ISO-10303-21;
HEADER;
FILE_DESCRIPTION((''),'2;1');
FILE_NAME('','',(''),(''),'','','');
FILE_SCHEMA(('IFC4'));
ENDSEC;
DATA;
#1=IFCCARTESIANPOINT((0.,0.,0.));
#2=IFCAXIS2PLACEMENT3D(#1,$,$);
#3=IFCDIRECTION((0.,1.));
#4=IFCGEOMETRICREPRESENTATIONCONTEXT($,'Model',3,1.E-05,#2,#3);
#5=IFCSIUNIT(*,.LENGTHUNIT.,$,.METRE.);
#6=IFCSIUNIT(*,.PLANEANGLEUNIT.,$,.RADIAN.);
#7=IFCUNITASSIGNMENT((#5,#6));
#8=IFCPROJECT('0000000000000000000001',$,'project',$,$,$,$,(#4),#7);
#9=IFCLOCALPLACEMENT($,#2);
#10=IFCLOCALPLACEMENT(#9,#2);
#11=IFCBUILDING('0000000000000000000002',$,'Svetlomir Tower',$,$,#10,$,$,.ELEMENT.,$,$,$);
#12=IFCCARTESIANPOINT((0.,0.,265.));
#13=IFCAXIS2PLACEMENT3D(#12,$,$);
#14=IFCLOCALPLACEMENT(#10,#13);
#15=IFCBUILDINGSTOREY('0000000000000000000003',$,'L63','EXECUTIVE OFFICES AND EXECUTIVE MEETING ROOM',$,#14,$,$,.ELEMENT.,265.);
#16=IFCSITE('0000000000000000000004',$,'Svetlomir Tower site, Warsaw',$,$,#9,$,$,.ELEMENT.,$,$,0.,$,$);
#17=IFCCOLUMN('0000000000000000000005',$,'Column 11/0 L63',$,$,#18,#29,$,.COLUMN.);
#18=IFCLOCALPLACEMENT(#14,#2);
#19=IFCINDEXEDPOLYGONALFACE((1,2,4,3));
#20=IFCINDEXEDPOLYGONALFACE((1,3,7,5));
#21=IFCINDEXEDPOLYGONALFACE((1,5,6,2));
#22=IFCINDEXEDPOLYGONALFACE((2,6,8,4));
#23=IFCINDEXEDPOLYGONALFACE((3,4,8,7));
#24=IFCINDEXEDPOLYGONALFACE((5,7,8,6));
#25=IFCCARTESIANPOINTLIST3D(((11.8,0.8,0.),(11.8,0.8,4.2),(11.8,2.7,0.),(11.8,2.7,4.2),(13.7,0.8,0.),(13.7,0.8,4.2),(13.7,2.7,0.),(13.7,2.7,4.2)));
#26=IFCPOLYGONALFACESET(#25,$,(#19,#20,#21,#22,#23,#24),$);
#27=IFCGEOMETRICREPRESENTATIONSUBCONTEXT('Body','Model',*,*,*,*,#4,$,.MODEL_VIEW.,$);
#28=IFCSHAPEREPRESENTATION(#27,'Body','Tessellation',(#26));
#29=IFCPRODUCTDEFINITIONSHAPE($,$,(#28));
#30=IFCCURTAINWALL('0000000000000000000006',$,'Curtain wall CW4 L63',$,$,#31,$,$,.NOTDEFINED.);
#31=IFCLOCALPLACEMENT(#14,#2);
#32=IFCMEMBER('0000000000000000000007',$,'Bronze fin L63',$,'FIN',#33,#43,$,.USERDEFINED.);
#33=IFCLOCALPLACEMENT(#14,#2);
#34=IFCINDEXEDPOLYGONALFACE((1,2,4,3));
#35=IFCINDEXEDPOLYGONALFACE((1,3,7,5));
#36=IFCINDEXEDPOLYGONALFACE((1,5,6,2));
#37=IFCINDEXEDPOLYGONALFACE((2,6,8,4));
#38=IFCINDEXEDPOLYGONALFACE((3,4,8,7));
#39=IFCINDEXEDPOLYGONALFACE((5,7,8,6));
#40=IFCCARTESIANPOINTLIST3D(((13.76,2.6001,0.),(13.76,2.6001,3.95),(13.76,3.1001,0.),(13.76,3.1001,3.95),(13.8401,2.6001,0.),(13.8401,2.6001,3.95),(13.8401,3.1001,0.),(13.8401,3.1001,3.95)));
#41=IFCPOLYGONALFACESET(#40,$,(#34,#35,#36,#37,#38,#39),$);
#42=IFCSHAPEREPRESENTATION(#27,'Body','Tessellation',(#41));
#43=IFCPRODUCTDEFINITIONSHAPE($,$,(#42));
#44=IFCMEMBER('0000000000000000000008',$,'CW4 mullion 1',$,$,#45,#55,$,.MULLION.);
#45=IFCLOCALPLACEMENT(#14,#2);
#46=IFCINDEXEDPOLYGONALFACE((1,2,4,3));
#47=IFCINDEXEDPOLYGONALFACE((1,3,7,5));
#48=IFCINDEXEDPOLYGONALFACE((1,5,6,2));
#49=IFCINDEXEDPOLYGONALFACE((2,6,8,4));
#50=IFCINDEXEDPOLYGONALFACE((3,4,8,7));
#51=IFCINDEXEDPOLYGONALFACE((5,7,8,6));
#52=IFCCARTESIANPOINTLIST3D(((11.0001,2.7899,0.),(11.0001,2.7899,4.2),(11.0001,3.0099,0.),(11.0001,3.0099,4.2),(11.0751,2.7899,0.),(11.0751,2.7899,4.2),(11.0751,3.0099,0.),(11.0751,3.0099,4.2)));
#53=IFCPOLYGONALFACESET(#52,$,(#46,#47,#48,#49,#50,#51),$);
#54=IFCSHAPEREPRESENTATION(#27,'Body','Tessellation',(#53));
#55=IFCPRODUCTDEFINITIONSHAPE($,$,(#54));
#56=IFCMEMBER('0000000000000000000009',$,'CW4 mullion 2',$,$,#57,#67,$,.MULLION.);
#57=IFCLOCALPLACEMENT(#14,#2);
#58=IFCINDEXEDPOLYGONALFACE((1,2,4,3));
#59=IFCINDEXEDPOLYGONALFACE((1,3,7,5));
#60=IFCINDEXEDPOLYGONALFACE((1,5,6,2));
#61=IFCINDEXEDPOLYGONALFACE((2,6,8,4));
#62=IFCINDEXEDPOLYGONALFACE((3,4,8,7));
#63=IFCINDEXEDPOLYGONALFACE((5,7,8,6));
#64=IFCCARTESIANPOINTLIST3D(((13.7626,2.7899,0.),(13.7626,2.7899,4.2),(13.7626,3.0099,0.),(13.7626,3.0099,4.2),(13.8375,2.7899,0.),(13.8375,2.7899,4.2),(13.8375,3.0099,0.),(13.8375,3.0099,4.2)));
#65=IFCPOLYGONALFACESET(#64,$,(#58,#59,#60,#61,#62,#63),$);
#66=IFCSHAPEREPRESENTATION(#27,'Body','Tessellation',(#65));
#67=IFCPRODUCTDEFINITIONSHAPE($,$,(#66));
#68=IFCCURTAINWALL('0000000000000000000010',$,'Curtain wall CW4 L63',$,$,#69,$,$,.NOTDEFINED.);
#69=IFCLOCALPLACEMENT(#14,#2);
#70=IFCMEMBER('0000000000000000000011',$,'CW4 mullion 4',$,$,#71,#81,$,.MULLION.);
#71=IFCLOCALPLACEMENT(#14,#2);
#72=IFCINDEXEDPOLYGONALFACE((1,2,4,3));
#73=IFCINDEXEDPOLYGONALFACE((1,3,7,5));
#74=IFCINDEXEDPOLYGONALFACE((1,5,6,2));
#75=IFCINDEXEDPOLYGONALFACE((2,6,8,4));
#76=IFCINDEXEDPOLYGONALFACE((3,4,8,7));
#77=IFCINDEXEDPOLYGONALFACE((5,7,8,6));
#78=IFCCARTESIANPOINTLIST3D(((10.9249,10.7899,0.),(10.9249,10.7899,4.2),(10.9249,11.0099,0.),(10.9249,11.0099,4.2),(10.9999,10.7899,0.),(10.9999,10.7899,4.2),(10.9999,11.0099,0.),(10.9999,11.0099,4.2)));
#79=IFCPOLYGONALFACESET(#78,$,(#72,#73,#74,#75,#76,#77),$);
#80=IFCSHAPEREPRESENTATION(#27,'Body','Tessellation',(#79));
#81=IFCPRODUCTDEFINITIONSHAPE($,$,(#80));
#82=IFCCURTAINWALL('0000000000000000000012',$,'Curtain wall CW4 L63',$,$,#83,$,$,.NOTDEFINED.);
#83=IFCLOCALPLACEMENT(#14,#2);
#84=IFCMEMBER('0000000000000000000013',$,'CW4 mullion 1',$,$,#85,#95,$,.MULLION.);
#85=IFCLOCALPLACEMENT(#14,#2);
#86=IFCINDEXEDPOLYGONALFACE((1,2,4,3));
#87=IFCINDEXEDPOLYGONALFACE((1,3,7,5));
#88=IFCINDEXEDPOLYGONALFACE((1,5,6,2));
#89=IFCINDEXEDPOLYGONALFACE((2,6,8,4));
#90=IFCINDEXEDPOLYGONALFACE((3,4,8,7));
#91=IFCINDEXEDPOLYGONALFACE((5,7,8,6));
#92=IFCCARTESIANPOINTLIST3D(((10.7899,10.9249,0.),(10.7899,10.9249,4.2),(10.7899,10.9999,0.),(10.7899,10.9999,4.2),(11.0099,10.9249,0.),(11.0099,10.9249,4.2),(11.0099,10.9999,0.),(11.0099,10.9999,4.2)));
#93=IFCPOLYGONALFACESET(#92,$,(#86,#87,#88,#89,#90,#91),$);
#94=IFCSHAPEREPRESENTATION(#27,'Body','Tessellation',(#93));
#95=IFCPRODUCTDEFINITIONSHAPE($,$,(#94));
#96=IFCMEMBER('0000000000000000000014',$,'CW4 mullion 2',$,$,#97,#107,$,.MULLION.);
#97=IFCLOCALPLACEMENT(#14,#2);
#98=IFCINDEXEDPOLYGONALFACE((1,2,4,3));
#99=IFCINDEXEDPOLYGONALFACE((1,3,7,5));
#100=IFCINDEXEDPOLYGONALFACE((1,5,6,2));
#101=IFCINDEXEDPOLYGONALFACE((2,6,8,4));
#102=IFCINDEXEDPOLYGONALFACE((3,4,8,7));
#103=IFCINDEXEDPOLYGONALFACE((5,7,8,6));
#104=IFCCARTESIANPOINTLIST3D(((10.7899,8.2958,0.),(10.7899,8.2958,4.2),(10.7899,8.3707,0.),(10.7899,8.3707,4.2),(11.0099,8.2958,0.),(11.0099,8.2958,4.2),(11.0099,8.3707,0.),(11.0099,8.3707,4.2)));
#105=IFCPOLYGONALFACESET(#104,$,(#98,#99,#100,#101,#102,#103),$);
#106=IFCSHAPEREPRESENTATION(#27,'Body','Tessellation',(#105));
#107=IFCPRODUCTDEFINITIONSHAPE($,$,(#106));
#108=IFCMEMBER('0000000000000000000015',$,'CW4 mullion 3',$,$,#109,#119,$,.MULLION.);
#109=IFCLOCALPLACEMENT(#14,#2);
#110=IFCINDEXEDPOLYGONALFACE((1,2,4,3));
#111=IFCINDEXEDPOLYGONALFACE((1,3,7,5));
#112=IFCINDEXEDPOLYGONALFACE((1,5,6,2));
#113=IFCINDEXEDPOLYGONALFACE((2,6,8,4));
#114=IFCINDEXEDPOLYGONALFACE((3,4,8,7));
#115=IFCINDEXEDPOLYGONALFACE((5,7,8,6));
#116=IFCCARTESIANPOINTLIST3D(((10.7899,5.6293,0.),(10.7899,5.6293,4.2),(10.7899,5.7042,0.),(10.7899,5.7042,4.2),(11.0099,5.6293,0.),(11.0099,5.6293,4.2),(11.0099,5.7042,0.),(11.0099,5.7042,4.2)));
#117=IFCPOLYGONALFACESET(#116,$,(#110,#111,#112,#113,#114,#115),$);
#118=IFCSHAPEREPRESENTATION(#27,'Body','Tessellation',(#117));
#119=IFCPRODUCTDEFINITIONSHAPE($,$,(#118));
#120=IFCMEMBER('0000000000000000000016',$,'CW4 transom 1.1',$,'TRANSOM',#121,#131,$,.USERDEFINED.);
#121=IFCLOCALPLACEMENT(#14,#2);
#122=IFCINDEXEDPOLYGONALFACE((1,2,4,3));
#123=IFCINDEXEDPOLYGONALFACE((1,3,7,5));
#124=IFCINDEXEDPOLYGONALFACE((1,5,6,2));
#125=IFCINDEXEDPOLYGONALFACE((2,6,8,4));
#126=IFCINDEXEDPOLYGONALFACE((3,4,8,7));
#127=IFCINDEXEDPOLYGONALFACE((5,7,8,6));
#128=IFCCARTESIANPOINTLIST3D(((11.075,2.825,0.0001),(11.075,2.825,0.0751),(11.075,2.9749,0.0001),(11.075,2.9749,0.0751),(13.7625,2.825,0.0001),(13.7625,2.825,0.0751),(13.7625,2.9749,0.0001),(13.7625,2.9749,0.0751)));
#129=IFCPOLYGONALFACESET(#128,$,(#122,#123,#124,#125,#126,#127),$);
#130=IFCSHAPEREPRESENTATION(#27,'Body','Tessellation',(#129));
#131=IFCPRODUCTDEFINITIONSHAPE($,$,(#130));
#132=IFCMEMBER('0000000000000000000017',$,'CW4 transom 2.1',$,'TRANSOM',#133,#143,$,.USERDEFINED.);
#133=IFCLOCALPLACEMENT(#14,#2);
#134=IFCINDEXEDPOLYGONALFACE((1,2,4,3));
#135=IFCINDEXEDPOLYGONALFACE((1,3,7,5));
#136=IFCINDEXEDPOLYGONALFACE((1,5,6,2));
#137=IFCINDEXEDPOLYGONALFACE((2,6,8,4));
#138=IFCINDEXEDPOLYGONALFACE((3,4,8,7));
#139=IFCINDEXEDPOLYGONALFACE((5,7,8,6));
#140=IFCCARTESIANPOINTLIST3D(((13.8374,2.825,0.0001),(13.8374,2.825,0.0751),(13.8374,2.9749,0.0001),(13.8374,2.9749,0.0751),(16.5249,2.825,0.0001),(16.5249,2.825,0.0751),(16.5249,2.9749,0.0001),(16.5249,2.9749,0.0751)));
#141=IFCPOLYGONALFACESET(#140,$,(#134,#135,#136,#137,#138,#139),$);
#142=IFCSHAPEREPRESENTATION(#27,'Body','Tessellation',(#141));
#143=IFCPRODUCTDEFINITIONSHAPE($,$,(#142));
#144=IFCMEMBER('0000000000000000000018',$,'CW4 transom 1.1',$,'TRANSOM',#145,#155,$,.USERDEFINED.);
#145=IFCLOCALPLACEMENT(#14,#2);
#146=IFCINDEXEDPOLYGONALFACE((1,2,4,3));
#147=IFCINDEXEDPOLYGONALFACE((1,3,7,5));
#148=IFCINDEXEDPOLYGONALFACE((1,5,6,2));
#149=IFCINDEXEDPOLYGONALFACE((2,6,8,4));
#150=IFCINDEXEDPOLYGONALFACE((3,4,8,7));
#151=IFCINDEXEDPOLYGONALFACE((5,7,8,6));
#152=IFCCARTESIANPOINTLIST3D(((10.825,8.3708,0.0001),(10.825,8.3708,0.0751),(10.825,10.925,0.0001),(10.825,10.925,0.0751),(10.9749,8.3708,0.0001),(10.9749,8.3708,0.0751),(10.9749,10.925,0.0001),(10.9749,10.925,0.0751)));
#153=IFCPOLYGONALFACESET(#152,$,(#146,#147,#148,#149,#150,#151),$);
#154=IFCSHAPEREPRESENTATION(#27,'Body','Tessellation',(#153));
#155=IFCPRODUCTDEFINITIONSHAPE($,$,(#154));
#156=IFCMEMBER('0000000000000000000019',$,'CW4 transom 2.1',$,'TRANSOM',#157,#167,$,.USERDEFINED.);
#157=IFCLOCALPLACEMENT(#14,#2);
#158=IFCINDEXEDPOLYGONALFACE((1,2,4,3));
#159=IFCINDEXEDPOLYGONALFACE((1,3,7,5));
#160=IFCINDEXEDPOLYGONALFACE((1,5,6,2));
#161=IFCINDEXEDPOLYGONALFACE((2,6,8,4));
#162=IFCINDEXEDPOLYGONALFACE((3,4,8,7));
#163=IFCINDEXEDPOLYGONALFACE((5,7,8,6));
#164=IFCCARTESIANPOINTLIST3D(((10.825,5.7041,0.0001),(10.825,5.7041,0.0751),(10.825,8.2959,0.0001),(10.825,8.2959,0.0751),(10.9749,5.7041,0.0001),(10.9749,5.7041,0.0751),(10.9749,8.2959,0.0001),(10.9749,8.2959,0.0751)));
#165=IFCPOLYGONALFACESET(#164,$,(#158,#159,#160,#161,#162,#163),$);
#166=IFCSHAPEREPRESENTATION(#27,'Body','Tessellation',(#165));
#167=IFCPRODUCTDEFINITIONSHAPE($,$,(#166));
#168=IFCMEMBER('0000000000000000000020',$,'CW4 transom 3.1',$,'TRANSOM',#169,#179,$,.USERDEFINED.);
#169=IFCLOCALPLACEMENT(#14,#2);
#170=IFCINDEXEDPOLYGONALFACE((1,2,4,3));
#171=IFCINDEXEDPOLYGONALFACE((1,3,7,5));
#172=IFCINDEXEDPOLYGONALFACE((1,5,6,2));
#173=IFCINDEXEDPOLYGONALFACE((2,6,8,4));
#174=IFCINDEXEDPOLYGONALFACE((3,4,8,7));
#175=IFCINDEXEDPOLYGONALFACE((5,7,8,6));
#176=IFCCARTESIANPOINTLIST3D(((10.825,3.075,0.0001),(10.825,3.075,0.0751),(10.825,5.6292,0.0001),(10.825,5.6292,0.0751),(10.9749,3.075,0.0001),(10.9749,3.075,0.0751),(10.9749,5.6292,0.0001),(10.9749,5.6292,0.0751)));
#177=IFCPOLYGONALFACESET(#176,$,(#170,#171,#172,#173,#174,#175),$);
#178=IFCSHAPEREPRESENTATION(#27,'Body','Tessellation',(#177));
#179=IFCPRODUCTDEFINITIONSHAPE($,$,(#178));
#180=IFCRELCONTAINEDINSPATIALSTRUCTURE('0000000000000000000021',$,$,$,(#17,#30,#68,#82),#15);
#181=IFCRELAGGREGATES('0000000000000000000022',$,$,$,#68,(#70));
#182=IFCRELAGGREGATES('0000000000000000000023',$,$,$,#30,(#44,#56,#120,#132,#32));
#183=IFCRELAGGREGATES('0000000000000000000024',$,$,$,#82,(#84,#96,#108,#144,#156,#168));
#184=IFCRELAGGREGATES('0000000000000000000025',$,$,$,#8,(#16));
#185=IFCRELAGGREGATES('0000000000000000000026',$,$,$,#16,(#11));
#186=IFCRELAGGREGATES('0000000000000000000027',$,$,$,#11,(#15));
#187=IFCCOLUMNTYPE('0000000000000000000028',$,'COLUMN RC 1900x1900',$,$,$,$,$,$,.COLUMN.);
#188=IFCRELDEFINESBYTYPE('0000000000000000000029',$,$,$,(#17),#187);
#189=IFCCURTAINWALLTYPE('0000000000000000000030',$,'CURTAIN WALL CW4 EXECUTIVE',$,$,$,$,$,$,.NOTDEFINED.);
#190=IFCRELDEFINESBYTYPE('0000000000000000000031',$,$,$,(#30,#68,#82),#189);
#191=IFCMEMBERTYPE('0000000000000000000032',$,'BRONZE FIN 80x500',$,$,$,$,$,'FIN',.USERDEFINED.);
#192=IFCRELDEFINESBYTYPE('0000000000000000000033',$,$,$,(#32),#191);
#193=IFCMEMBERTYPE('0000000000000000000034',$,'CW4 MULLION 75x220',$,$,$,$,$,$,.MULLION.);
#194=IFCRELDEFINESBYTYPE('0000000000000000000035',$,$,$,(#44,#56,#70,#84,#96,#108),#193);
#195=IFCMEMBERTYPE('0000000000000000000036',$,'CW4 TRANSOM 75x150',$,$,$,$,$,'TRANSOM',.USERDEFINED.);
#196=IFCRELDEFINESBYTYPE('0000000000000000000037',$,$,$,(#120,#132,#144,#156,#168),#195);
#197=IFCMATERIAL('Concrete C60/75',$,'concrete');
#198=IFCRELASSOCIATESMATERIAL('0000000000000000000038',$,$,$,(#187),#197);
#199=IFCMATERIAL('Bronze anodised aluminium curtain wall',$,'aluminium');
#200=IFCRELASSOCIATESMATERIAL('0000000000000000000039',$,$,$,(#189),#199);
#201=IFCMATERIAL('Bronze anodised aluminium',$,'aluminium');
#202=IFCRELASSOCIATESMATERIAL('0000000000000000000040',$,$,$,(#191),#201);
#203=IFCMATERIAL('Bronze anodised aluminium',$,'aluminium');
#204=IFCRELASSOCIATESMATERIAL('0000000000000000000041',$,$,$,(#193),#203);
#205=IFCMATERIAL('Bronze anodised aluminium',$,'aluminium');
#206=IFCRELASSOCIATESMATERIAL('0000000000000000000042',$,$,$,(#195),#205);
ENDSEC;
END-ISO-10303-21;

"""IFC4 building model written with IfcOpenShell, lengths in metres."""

from ifc_helpers import new_model, si_unit, direction, frame, origin, origin_2d, place, context, subcontext, project, spatial, rectangle, extrude, material, material_profile, profile_set, type_object, element, aggregate, save


model = new_model("IFC4")

# Units and contexts
model_context = context("Model", 3, precision=1e-05, world=origin(), true_north=direction((0.0, 1.0)))
body_context = subcontext(model_context, "Body", "Model", "MODEL_VIEW")
ifc_project = project(units=[si_unit("LENGTHUNIT", "METRE"), si_unit("PLANEANGLEUNIT", "RADIAN")], contexts=[model_context])

# Site, building, storey
site_placement = place(None, origin())
site = spatial("IfcSite", under=ifc_project, at=site_placement, Name="Svetlomir Tower site, Warsaw", CompositionType="ELEMENT", RefElevation=0.0)
building_placement = place(site_placement, origin())
building = spatial("IfcBuilding", under=site, at=building_placement, Name="Svetlomir Tower", CompositionType="ELEMENT")
storey_placement = place(building_placement, frame((0.0, 0.0, 265.0)))
storey = spatial("IfcBuildingStorey", under=building, at=storey_placement, Name="L63", Description="EXECUTIVE OFFICES AND EXECUTIVE MEETING ROOM", CompositionType="ELEMENT", Elevation=265.0)

# Column
ifc_material_1 = material(Name="Concrete C60/75", Category="concrete")
ifc_material_profile_1 = material_profile(ifc_material_1, rectangle(XDim=1.8999, YDim=1.8999, at=origin_2d()), Name="RC 1900x1900")
ifc_profile_set_1 = profile_set([ifc_material_profile_1], Name="Concrete C60/75")
column_type = type_object("IfcColumnType", Name="COLUMN RC 1900x1900", PredefinedType="COLUMN", material=ifc_profile_set_1)
column_placement = place(storey_placement, frame((12.75, 1.75, 0.0), z_axis=(0.0, 0.0, 1.0), x_axis=(1.0, 0.0, 0.0)))
element("IfcColumn", 1, at=column_placement, inside=storey, type_object=column_type, Name="Column 11/0 L63", PredefinedType="COLUMN", context=body_context, shape_type="SweptSolid", body=[
    extrude(rectangle(XDim=1.8999, YDim=1.8999, at=origin_2d()), origin(), (0.0, 0.0, 1.0), 4.2),
])

# Curtain wall, members
ifc_material_2 = material(Name="Bronze anodised aluminium curtain wall", Category="aluminium")
curtain_wall_type = type_object("IfcCurtainWallType", Name="CURTAIN WALL CW4 EXECUTIVE", PredefinedType="NOTDEFINED", material=ifc_material_2)
curtain_wall_1_placement = place(storey_placement, origin())
curtain_wall_1 = element("IfcCurtainWall", 2, at=curtain_wall_1_placement, inside=storey, type_object=curtain_wall_type, Name="Curtain wall CW4 L63", PredefinedType="NOTDEFINED")
ifc_material_3 = material(Name="Bronze anodised aluminium", Category="aluminium")
ifc_material_profile_2 = material_profile(ifc_material_3, rectangle(XDim=0.0801, YDim=0.5, at=origin_2d()), Name="FIN 80x500")
ifc_profile_set_2 = profile_set([ifc_material_profile_2], Name="Bronze anodised aluminium 6063-T6")
member_type_1 = type_object("IfcMemberType", Name="BRONZE FIN 80x500", ElementType="FIN", PredefinedType="USERDEFINED", material=ifc_profile_set_2)
member_1_placement = place(storey_placement, frame((13.8, 2.8501, 0.0), z_axis=(0.0, 0.0, 1.0), x_axis=(1.0, 0.0, 0.0)))
member_1 = element("IfcMember", 3, at=member_1_placement, type_object=member_type_1, Name="Bronze fin L63", ObjectType="FIN", PredefinedType="USERDEFINED", context=body_context, shape_type="SweptSolid", body=[
    extrude(rectangle(XDim=0.0801, YDim=0.5, at=origin_2d()), origin(), (0.0, 0.0, 1.0), 3.95),
])
ifc_material_4 = material(Name="Bronze anodised aluminium", Category="aluminium")
ifc_material_profile_3 = material_profile(ifc_material_4, rectangle(XDim=0.075, YDim=0.22, at=origin_2d()), Name="AL 75x220")
ifc_profile_set_3 = profile_set([ifc_material_profile_3], Name="Bronze anodised aluminium 6063-T6")
member_type_2 = type_object("IfcMemberType", Name="CW4 MULLION 75x220", PredefinedType="MULLION", material=ifc_profile_set_3)
member_2_placement = place(storey_placement, frame((11.0376, 2.8999, 0.0), z_axis=(0.0, 0.0, 1.0), x_axis=(1.0, 0.0, 0.0)))
member_2 = element("IfcMember", 4, at=member_2_placement, type_object=member_type_2, Name="CW4 mullion 1", PredefinedType="MULLION", context=body_context, shape_type="SweptSolid", body=[
    extrude(rectangle(XDim=0.075, YDim=0.22, at=origin_2d()), origin(), (0.0, 0.0, 1.0), 4.2),
])
member_3_placement = place(storey_placement, frame((13.8, 2.8999, 0.0), z_axis=(0.0, 0.0, 1.0), x_axis=(1.0, 0.0, 0.0)))
member_3 = element("IfcMember", 5, at=member_3_placement, type_object=member_type_2, Name="CW4 mullion 2", PredefinedType="MULLION", context=body_context, shape_type="SweptSolid", body=[
    extrude(rectangle(XDim=0.075, YDim=0.22, at=origin_2d()), origin(), (0.0, 0.0, 1.0), 4.2),
])

# Curtain wall, member
curtain_wall_2_placement = place(storey_placement, origin())
curtain_wall_2 = element("IfcCurtainWall", 6, at=curtain_wall_2_placement, inside=storey, type_object=curtain_wall_type, Name="Curtain wall CW4 L63", PredefinedType="NOTDEFINED")
member_4_placement = place(storey_placement, frame((10.9624, 10.8999, 0.0), z_axis=(0.0, 0.0, 1.0), x_axis=(1.0, 0.0, 0.0)))
member_4 = element("IfcMember", 7, at=member_4_placement, type_object=member_type_2, Name="CW4 mullion 4", PredefinedType="MULLION", context=body_context, shape_type="SweptSolid", body=[
    extrude(rectangle(XDim=0.075, YDim=0.22, at=origin_2d()), origin(), (0.0, 0.0, 1.0), 4.2),
])
aggregate(curtain_wall_2, [member_4])

# Curtain wall, members
curtain_wall_3_placement = place(storey_placement, origin())
curtain_wall_3 = element("IfcCurtainWall", 8, at=curtain_wall_3_placement, inside=storey, type_object=curtain_wall_type, Name="Curtain wall CW4 L63", PredefinedType="NOTDEFINED")
member_5_placement = place(storey_placement, frame((10.8999, 10.9624, 0.0), z_axis=(0.0, 0.0, 1.0), x_axis=(0.0, -1.0, 0.0)))
member_5 = element("IfcMember", 9, at=member_5_placement, type_object=member_type_2, Name="CW4 mullion 1", PredefinedType="MULLION", context=body_context, shape_type="SweptSolid", body=[
    extrude(rectangle(XDim=0.075, YDim=0.22, at=origin_2d()), origin(), (0.0, 0.0, 1.0), 4.2),
])
member_6_placement = place(storey_placement, frame((10.8999, 8.3333, 0.0), z_axis=(0.0, 0.0, 1.0), x_axis=(0.0, -1.0, 0.0)))
member_6 = element("IfcMember", 10, at=member_6_placement, type_object=member_type_2, Name="CW4 mullion 2", PredefinedType="MULLION", context=body_context, shape_type="SweptSolid", body=[
    extrude(rectangle(XDim=0.075, YDim=0.22, at=origin_2d()), origin(), (0.0, 0.0, 1.0), 4.2),
])
member_7_placement = place(storey_placement, frame((10.8999, 5.6667, 0.0), z_axis=(0.0, 0.0, 1.0), x_axis=(0.0, -1.0, 0.0)))
member_7 = element("IfcMember", 11, at=member_7_placement, type_object=member_type_2, Name="CW4 mullion 3", PredefinedType="MULLION", context=body_context, shape_type="SweptSolid", body=[
    extrude(rectangle(XDim=0.075, YDim=0.22, at=origin_2d()), origin(), (0.0, 0.0, 1.0), 4.2),
])

# Members
ifc_material_5 = material(Name="Bronze anodised aluminium", Category="aluminium")
ifc_material_profile_4 = material_profile(ifc_material_5, rectangle(XDim=0.1499, YDim=0.075, at=origin_2d()), Name="AL 150x75")
ifc_profile_set_4 = profile_set([ifc_material_profile_4], Name="Bronze anodised aluminium 6063-T6")
member_type_3 = type_object("IfcMemberType", Name="CW4 TRANSOM 75x150", ElementType="TRANSOM", PredefinedType="USERDEFINED", material=ifc_profile_set_4)
member_8_placement = place(storey_placement, frame((11.075, 2.8999, 0.0376), z_axis=(1.0, 0.0, 0.0), x_axis=(0.0, 1.0, 0.0)))
member_8 = element("IfcMember", 12, at=member_8_placement, type_object=member_type_3, Name="CW4 transom 1.1", ObjectType="TRANSOM", PredefinedType="USERDEFINED", context=body_context, shape_type="SweptSolid", body=[
    extrude(rectangle(XDim=0.1499, YDim=0.075, at=origin_2d()), origin(), (0.0, 0.0, 1.0), 2.6875),
])
member_9_placement = place(storey_placement, frame((13.8374, 2.8999, 0.0376), z_axis=(1.0, 0.0, 0.0), x_axis=(0.0, 1.0, 0.0)))
member_9 = element("IfcMember", 13, at=member_9_placement, type_object=member_type_3, Name="CW4 transom 2.1", ObjectType="TRANSOM", PredefinedType="USERDEFINED", context=body_context, shape_type="SweptSolid", body=[
    extrude(rectangle(XDim=0.1499, YDim=0.075, at=origin_2d()), origin(), (0.0, 0.0, 1.0), 2.6875),
])
member_10_placement = place(storey_placement, frame((10.8999, 10.925, 0.0376), z_axis=(0.0, -1.0, 0.0), x_axis=(1.0, 0.0, 0.0)))
member_10 = element("IfcMember", 14, at=member_10_placement, type_object=member_type_3, Name="CW4 transom 1.1", ObjectType="TRANSOM", PredefinedType="USERDEFINED", context=body_context, shape_type="SweptSolid", body=[
    extrude(rectangle(XDim=0.1499, YDim=0.075, at=origin_2d()), origin(), (0.0, 0.0, 1.0), 2.5542),
])
member_11_placement = place(storey_placement, frame((10.8999, 8.2959, 0.0376), z_axis=(0.0, -1.0, 0.0), x_axis=(1.0, 0.0, 0.0)))
member_11 = element("IfcMember", 15, at=member_11_placement, type_object=member_type_3, Name="CW4 transom 2.1", ObjectType="TRANSOM", PredefinedType="USERDEFINED", context=body_context, shape_type="SweptSolid", body=[
    extrude(rectangle(XDim=0.1499, YDim=0.075, at=origin_2d()), origin(), (0.0, 0.0, 1.0), 2.5918),
])
member_12_placement = place(storey_placement, frame((10.8999, 5.6292, 0.0376), z_axis=(0.0, -1.0, 0.0), x_axis=(1.0, 0.0, 0.0)))
member_12 = element("IfcMember", 16, at=member_12_placement, type_object=member_type_3, Name="CW4 transom 3.1", ObjectType="TRANSOM", PredefinedType="USERDEFINED", context=body_context, shape_type="SweptSolid", body=[
    extrude(rectangle(XDim=0.1499, YDim=0.075, at=origin_2d()), origin(), (0.0, 0.0, 1.0), 2.5542),
])

aggregate(curtain_wall_1, [member_2, member_3, member_8, member_9, member_1])
aggregate(curtain_wall_3, [member_5, member_6, member_7, member_10, member_11, member_12])

save(model, "model.ifc")
